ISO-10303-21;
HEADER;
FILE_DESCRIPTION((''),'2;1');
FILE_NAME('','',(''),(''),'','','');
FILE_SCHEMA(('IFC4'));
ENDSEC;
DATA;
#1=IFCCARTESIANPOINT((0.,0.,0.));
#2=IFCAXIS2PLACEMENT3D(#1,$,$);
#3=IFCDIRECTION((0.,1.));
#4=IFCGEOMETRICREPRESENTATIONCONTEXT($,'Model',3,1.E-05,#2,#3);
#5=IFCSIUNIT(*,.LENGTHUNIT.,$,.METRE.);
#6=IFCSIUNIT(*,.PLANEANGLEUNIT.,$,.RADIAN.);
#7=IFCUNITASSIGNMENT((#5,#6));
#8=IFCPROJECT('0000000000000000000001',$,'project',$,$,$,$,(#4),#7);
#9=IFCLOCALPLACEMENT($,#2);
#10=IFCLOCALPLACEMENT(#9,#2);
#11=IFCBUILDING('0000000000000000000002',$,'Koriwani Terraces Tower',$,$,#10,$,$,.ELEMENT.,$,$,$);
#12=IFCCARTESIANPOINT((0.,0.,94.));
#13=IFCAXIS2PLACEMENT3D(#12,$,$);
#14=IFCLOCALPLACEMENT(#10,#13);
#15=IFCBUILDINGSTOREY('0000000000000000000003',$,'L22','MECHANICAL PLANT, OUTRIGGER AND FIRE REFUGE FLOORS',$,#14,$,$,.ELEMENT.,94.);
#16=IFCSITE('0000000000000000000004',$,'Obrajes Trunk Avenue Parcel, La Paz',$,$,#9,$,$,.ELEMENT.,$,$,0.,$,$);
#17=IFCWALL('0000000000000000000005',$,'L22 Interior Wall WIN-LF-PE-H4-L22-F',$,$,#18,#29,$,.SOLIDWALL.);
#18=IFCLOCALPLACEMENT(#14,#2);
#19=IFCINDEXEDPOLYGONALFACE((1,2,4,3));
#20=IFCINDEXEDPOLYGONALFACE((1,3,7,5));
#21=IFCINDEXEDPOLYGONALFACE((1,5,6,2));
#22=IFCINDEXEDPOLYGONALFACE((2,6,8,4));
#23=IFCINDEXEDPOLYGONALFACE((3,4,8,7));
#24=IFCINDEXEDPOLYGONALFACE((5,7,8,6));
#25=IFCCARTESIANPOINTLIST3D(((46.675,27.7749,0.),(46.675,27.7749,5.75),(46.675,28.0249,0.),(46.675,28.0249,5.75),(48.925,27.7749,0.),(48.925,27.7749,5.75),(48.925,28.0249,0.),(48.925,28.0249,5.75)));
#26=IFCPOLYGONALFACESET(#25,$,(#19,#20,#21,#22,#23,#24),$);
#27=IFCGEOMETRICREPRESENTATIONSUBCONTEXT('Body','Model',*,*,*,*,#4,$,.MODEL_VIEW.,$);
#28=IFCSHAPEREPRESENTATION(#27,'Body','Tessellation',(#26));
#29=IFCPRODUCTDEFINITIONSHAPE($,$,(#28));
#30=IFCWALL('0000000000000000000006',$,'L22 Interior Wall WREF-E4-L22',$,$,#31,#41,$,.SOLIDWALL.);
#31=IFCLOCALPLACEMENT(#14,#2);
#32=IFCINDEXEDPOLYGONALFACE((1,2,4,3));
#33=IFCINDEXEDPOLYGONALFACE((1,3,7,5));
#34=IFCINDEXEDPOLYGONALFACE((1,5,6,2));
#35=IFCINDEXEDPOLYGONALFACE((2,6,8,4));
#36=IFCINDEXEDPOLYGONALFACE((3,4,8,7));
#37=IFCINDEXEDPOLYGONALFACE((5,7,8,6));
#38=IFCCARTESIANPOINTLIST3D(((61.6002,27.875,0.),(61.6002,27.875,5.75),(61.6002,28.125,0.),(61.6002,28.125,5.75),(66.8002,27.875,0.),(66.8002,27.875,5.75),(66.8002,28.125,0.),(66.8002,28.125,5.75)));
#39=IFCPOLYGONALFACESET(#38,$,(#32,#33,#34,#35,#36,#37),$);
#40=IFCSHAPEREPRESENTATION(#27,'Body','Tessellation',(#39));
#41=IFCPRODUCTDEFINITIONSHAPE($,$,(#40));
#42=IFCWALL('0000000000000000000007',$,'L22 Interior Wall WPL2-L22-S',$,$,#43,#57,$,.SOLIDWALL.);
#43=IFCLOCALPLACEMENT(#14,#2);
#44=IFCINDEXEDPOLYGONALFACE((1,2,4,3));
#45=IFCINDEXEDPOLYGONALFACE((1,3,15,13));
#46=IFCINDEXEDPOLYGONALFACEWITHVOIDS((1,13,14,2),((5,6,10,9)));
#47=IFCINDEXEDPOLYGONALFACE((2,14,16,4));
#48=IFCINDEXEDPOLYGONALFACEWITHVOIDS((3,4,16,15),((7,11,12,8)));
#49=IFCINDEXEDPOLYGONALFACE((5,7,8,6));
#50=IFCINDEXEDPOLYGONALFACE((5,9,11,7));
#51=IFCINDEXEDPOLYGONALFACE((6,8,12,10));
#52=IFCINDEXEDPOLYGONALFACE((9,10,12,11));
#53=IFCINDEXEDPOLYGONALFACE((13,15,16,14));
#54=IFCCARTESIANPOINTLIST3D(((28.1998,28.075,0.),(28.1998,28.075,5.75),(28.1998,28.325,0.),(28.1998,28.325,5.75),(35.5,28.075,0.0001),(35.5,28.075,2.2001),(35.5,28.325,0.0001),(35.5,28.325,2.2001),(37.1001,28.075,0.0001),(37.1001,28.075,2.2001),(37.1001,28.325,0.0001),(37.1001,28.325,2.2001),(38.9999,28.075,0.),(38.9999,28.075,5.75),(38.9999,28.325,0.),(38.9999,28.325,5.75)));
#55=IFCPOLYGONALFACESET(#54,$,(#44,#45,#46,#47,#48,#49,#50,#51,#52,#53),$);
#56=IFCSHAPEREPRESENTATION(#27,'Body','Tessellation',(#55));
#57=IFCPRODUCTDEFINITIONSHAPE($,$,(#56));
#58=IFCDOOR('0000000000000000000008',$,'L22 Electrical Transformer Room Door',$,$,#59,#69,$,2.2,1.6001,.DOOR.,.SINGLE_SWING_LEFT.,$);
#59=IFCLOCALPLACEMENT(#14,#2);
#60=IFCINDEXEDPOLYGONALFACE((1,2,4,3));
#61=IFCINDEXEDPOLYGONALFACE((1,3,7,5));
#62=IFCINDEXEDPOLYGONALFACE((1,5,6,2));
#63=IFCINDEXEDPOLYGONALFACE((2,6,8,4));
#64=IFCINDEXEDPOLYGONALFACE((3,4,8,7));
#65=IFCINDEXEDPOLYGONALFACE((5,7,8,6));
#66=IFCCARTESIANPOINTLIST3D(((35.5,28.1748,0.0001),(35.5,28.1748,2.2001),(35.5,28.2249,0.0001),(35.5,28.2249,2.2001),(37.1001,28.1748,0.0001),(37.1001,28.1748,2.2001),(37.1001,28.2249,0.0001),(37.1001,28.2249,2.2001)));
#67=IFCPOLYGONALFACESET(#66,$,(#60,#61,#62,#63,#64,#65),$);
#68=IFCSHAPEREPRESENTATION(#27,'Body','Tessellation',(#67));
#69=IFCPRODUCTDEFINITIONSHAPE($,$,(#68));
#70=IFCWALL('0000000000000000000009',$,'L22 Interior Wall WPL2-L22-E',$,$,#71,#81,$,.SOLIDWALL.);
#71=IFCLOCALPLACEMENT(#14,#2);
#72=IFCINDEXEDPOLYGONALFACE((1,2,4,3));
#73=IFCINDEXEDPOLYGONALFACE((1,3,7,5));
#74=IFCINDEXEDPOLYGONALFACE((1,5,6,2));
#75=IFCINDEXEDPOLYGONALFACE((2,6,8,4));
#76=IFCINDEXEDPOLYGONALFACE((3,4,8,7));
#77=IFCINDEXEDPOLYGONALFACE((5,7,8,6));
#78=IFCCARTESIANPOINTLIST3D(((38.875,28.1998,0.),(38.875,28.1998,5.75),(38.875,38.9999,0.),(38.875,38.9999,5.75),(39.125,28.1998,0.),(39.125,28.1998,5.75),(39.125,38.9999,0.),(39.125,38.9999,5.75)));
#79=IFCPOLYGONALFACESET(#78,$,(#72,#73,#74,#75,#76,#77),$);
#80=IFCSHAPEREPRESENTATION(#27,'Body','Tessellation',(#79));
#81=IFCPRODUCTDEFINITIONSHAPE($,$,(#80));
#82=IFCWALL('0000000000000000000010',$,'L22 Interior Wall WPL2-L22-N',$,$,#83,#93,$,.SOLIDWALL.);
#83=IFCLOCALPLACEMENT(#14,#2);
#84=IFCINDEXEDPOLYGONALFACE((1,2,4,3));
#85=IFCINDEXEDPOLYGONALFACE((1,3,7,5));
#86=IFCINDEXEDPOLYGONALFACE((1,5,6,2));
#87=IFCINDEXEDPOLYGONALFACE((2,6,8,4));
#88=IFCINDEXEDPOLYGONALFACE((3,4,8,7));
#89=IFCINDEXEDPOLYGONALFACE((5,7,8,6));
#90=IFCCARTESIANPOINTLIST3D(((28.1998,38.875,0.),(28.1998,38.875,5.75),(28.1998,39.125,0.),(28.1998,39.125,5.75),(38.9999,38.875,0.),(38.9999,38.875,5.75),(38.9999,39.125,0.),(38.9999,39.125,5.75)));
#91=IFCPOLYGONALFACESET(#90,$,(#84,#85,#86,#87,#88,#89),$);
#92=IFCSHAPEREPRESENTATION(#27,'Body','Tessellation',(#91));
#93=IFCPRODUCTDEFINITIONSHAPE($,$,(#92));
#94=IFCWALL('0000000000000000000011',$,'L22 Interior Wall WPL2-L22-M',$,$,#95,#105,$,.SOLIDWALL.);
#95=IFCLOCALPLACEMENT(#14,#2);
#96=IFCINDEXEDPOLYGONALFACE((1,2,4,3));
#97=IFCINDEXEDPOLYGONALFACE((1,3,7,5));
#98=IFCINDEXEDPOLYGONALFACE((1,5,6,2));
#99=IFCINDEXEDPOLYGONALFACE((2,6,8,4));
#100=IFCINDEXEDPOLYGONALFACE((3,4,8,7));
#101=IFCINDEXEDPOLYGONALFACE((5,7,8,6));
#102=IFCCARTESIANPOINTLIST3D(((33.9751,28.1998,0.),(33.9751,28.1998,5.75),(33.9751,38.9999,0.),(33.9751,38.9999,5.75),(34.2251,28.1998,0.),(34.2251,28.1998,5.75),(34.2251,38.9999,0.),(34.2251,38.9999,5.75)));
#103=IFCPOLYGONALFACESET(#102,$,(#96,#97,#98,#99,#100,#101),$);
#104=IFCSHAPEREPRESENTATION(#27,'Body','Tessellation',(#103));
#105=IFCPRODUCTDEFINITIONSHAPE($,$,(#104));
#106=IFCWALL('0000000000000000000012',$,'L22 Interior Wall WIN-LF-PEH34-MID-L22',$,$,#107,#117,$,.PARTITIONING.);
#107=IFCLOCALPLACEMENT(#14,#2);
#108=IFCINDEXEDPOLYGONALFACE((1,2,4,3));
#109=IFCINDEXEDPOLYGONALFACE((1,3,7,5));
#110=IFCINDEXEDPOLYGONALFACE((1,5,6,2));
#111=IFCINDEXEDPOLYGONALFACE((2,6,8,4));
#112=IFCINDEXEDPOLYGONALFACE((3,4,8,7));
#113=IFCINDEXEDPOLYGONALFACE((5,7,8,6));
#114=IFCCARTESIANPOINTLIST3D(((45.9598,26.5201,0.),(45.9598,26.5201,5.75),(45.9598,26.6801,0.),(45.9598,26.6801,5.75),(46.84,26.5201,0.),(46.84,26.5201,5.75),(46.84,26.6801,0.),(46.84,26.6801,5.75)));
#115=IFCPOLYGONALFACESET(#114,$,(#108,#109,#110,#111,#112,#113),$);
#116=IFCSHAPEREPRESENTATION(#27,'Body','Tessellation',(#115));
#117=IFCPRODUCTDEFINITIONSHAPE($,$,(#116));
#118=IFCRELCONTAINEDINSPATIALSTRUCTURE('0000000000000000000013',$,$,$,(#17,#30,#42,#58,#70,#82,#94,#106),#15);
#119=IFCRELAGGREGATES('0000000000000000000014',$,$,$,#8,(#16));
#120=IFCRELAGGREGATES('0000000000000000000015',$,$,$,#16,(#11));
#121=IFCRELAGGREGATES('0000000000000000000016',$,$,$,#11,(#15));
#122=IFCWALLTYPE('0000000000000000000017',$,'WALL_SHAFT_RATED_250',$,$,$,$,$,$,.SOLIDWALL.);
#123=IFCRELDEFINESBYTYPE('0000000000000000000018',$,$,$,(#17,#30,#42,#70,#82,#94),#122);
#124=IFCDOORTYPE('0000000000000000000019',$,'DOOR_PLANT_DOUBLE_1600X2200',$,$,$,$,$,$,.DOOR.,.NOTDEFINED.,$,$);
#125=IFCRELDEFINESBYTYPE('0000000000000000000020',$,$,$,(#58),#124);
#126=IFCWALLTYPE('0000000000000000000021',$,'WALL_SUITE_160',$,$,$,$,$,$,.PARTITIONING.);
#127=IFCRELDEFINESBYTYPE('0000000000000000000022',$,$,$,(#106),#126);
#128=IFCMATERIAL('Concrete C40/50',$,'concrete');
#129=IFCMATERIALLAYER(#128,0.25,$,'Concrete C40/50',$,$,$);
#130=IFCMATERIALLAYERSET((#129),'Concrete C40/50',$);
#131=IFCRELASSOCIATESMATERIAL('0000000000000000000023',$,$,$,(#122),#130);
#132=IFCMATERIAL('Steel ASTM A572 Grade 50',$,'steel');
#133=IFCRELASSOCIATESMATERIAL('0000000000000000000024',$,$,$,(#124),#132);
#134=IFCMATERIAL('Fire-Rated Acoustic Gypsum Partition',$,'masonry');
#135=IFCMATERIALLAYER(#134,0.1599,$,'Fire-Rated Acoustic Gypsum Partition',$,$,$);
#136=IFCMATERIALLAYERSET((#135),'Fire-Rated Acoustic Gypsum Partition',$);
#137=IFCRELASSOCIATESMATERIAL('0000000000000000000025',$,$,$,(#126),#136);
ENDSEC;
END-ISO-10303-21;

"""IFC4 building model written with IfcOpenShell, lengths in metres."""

from ifc_helpers import new_model, si_unit, direction, frame, frame_2d, origin, place, context, subcontext, project, spatial, rectangle, extrude, material, layer, layer_set, type_object, element, fill, save


model = new_model("IFC4")

# Units and contexts
model_context = context("Model", 3, precision=1e-05, world=origin(), true_north=direction((0.0, 1.0)))
body_context = subcontext(model_context, "Body", "Model", "MODEL_VIEW")
ifc_project = project(units=[si_unit("LENGTHUNIT", "METRE"), si_unit("PLANEANGLEUNIT", "RADIAN")], contexts=[model_context])

# Site, building, storey
site_placement = place(None, origin())
site = spatial("IfcSite", under=ifc_project, at=site_placement, Name="Obrajes Trunk Avenue Parcel, La Paz", CompositionType="ELEMENT", RefElevation=0.0)
building_placement = place(site_placement, origin())
building = spatial("IfcBuilding", under=site, at=building_placement, Name="Koriwani Terraces Tower", CompositionType="ELEMENT")
storey_placement = place(building_placement, frame((0.0, 0.0, 94.0)))
storey = spatial("IfcBuildingStorey", under=building, at=storey_placement, Name="L22", Description="MECHANICAL PLANT, OUTRIGGER AND FIRE REFUGE FLOORS", CompositionType="ELEMENT", Elevation=94.0)

# Shared definitions
ifc_material_1 = material(Name="Steel ASTM A572 Grade 50", Category="steel")

# Walls
ifc_material_2 = material(Name="Concrete C40/50", Category="concrete")
ifc_layer_1 = layer(ifc_material_2, 0.25, Name="Concrete C40/50")
ifc_layer_set_1 = layer_set([ifc_layer_1], Name="Concrete C40/50")
wall_type_1 = type_object("IfcWallType", Name="WALL_SHAFT_RATED_250", PredefinedType="SOLIDWALL", material=ifc_layer_set_1)
for number, where, z_axis, x_axis, name in (
    (1, (46.675, 27.8999, 0.0), (0.0, 0.0, 1.0), (1.0, 0.0, 0.0), "L22 Interior Wall WIN-LF-PE-H4-L22-F"),
):
    element("IfcWall", number, at=place(storey_placement, frame(where, z_axis=z_axis, x_axis=x_axis)), inside=storey, type_object=wall_type_1, Name=name, PredefinedType="SOLIDWALL", context=body_context, shape_type="SweptSolid", body=[
        extrude(rectangle(XDim=2.25, YDim=0.25, at=frame_2d((1.125, 0.0))), origin(), (0.0, 0.0, 1.0), 5.75),
    ])
wall_1_placement = place(storey_placement, frame((61.6001, 28.0, 0.0), z_axis=(0.0, 0.0, 1.0), x_axis=(1.0, 0.0, 0.0)))
element("IfcWall", 2, at=wall_1_placement, inside=storey, type_object=wall_type_1, Name="L22 Interior Wall WREF-E4-L22", PredefinedType="SOLIDWALL", context=body_context, shape_type="SweptSolid", body=[
    extrude(rectangle(XDim=5.2, YDim=0.25, at=frame_2d((2.6001, 0.0))), origin(), (0.0, 0.0, 1.0), 5.75),
])

# Wall, opening, door
wall_2_placement = place(storey_placement, frame((28.2, 28.2, 0.0), z_axis=(0.0, 0.0, 1.0), x_axis=(1.0, 0.0, 0.0)))
wall_2 = element("IfcWall", 3, at=wall_2_placement, inside=storey, type_object=wall_type_1, Name="L22 Interior Wall WPL2-L22-S", PredefinedType="SOLIDWALL", context=body_context, shape_type="SweptSolid", body=[
    extrude(rectangle(XDim=10.8, YDim=0.25, at=frame_2d((5.3999, 0.0))), origin(), (0.0, 0.0, 1.0), 5.75),
])
opening_placement = place(wall_2_placement, frame((7.3, 0.0, 0.0)))
opening = element("IfcOpeningElement", 4, at=opening_placement, cuts=wall_2, PredefinedType="OPENING", context=body_context, shape_type="SweptSolid", body=[
    extrude(rectangle(XDim=1.6001, YDim=2.2, at=frame_2d((0.8, 1.1001))), frame((0.0, 0.135, 0.0), z_axis=(0.0, -1.0, 0.0), x_axis=(1.0, 0.0, 0.0)), (0.0, 0.0, 1.0), 0.27),
])
door_type = type_object("IfcDoorType", Name="DOOR_PLANT_DOUBLE_1600X2200", OperationType="NOTDEFINED", PredefinedType="DOOR", material=ifc_material_1)
door_placement = place(opening_placement, origin())
door = element("IfcDoor", 5, at=door_placement, inside=storey, type_object=door_type, Name="L22 Electrical Transformer Room Door", OperationType="SINGLE_SWING_LEFT", OverallHeight=2.2, OverallWidth=1.6001, PredefinedType="DOOR", context=body_context, shape_type="SweptSolid", body=[
    extrude(rectangle(XDim=1.6001, YDim=2.2, at=frame_2d((0.8, 1.1001))), frame((0.0, 0.0249, 0.0), z_axis=(0.0, -1.0, 0.0), x_axis=(1.0, 0.0, 0.0)), (0.0, 0.0, 1.0), 0.05),
])
fill(opening, door)

# Walls
for number, where, z_axis, x_axis, name in (
    (6, (39.0, 28.2, 0.0), (0.0, 0.0, 1.0), (0.0, 1.0, 0.0), "L22 Interior Wall WPL2-L22-E"),
    (7, (28.2, 39.0, 0.0), (0.0, 0.0, 1.0), (1.0, 0.0, 0.0), "L22 Interior Wall WPL2-L22-N"),
    (8, (34.1001, 28.2, 0.0), (0.0, 0.0, 1.0), (0.0, 1.0, 0.0), "L22 Interior Wall WPL2-L22-M"),
):
    element("IfcWall", number, at=place(storey_placement, frame(where, z_axis=z_axis, x_axis=x_axis)), inside=storey, type_object=wall_type_1, Name=name, PredefinedType="SOLIDWALL", context=body_context, shape_type="SweptSolid", body=[
        extrude(rectangle(XDim=10.8, YDim=0.25, at=frame_2d((5.3999, 0.0))), origin(), (0.0, 0.0, 1.0), 5.75),
    ])
ifc_material_3 = material(Name="Fire-Rated Acoustic Gypsum Partition", Category="masonry")
ifc_layer_2 = layer(ifc_material_3, 0.1599, Name="Fire-Rated Acoustic Gypsum Partition")
ifc_layer_set_2 = layer_set([ifc_layer_2], Name="Fire-Rated Acoustic Gypsum Partition")
wall_type_2 = type_object("IfcWallType", Name="WALL_SUITE_160", PredefinedType="PARTITIONING", material=ifc_layer_set_2)
wall_3_placement = place(storey_placement, frame((45.96, 26.6001, 0.0), z_axis=(0.0, 0.0, 1.0), x_axis=(1.0, 0.0, 0.0)))
element("IfcWall", 9, at=wall_3_placement, inside=storey, type_object=wall_type_2, Name="L22 Interior Wall WIN-LF-PEH34-MID-L22", PredefinedType="PARTITIONING", context=body_context, shape_type="SweptSolid", body=[
    extrude(rectangle(XDim=0.8801, YDim=0.1599, at=frame_2d((0.4399, 0.0))), origin(), (0.0, 0.0, 1.0), 5.75),
])

save(model, "model.ifc")
